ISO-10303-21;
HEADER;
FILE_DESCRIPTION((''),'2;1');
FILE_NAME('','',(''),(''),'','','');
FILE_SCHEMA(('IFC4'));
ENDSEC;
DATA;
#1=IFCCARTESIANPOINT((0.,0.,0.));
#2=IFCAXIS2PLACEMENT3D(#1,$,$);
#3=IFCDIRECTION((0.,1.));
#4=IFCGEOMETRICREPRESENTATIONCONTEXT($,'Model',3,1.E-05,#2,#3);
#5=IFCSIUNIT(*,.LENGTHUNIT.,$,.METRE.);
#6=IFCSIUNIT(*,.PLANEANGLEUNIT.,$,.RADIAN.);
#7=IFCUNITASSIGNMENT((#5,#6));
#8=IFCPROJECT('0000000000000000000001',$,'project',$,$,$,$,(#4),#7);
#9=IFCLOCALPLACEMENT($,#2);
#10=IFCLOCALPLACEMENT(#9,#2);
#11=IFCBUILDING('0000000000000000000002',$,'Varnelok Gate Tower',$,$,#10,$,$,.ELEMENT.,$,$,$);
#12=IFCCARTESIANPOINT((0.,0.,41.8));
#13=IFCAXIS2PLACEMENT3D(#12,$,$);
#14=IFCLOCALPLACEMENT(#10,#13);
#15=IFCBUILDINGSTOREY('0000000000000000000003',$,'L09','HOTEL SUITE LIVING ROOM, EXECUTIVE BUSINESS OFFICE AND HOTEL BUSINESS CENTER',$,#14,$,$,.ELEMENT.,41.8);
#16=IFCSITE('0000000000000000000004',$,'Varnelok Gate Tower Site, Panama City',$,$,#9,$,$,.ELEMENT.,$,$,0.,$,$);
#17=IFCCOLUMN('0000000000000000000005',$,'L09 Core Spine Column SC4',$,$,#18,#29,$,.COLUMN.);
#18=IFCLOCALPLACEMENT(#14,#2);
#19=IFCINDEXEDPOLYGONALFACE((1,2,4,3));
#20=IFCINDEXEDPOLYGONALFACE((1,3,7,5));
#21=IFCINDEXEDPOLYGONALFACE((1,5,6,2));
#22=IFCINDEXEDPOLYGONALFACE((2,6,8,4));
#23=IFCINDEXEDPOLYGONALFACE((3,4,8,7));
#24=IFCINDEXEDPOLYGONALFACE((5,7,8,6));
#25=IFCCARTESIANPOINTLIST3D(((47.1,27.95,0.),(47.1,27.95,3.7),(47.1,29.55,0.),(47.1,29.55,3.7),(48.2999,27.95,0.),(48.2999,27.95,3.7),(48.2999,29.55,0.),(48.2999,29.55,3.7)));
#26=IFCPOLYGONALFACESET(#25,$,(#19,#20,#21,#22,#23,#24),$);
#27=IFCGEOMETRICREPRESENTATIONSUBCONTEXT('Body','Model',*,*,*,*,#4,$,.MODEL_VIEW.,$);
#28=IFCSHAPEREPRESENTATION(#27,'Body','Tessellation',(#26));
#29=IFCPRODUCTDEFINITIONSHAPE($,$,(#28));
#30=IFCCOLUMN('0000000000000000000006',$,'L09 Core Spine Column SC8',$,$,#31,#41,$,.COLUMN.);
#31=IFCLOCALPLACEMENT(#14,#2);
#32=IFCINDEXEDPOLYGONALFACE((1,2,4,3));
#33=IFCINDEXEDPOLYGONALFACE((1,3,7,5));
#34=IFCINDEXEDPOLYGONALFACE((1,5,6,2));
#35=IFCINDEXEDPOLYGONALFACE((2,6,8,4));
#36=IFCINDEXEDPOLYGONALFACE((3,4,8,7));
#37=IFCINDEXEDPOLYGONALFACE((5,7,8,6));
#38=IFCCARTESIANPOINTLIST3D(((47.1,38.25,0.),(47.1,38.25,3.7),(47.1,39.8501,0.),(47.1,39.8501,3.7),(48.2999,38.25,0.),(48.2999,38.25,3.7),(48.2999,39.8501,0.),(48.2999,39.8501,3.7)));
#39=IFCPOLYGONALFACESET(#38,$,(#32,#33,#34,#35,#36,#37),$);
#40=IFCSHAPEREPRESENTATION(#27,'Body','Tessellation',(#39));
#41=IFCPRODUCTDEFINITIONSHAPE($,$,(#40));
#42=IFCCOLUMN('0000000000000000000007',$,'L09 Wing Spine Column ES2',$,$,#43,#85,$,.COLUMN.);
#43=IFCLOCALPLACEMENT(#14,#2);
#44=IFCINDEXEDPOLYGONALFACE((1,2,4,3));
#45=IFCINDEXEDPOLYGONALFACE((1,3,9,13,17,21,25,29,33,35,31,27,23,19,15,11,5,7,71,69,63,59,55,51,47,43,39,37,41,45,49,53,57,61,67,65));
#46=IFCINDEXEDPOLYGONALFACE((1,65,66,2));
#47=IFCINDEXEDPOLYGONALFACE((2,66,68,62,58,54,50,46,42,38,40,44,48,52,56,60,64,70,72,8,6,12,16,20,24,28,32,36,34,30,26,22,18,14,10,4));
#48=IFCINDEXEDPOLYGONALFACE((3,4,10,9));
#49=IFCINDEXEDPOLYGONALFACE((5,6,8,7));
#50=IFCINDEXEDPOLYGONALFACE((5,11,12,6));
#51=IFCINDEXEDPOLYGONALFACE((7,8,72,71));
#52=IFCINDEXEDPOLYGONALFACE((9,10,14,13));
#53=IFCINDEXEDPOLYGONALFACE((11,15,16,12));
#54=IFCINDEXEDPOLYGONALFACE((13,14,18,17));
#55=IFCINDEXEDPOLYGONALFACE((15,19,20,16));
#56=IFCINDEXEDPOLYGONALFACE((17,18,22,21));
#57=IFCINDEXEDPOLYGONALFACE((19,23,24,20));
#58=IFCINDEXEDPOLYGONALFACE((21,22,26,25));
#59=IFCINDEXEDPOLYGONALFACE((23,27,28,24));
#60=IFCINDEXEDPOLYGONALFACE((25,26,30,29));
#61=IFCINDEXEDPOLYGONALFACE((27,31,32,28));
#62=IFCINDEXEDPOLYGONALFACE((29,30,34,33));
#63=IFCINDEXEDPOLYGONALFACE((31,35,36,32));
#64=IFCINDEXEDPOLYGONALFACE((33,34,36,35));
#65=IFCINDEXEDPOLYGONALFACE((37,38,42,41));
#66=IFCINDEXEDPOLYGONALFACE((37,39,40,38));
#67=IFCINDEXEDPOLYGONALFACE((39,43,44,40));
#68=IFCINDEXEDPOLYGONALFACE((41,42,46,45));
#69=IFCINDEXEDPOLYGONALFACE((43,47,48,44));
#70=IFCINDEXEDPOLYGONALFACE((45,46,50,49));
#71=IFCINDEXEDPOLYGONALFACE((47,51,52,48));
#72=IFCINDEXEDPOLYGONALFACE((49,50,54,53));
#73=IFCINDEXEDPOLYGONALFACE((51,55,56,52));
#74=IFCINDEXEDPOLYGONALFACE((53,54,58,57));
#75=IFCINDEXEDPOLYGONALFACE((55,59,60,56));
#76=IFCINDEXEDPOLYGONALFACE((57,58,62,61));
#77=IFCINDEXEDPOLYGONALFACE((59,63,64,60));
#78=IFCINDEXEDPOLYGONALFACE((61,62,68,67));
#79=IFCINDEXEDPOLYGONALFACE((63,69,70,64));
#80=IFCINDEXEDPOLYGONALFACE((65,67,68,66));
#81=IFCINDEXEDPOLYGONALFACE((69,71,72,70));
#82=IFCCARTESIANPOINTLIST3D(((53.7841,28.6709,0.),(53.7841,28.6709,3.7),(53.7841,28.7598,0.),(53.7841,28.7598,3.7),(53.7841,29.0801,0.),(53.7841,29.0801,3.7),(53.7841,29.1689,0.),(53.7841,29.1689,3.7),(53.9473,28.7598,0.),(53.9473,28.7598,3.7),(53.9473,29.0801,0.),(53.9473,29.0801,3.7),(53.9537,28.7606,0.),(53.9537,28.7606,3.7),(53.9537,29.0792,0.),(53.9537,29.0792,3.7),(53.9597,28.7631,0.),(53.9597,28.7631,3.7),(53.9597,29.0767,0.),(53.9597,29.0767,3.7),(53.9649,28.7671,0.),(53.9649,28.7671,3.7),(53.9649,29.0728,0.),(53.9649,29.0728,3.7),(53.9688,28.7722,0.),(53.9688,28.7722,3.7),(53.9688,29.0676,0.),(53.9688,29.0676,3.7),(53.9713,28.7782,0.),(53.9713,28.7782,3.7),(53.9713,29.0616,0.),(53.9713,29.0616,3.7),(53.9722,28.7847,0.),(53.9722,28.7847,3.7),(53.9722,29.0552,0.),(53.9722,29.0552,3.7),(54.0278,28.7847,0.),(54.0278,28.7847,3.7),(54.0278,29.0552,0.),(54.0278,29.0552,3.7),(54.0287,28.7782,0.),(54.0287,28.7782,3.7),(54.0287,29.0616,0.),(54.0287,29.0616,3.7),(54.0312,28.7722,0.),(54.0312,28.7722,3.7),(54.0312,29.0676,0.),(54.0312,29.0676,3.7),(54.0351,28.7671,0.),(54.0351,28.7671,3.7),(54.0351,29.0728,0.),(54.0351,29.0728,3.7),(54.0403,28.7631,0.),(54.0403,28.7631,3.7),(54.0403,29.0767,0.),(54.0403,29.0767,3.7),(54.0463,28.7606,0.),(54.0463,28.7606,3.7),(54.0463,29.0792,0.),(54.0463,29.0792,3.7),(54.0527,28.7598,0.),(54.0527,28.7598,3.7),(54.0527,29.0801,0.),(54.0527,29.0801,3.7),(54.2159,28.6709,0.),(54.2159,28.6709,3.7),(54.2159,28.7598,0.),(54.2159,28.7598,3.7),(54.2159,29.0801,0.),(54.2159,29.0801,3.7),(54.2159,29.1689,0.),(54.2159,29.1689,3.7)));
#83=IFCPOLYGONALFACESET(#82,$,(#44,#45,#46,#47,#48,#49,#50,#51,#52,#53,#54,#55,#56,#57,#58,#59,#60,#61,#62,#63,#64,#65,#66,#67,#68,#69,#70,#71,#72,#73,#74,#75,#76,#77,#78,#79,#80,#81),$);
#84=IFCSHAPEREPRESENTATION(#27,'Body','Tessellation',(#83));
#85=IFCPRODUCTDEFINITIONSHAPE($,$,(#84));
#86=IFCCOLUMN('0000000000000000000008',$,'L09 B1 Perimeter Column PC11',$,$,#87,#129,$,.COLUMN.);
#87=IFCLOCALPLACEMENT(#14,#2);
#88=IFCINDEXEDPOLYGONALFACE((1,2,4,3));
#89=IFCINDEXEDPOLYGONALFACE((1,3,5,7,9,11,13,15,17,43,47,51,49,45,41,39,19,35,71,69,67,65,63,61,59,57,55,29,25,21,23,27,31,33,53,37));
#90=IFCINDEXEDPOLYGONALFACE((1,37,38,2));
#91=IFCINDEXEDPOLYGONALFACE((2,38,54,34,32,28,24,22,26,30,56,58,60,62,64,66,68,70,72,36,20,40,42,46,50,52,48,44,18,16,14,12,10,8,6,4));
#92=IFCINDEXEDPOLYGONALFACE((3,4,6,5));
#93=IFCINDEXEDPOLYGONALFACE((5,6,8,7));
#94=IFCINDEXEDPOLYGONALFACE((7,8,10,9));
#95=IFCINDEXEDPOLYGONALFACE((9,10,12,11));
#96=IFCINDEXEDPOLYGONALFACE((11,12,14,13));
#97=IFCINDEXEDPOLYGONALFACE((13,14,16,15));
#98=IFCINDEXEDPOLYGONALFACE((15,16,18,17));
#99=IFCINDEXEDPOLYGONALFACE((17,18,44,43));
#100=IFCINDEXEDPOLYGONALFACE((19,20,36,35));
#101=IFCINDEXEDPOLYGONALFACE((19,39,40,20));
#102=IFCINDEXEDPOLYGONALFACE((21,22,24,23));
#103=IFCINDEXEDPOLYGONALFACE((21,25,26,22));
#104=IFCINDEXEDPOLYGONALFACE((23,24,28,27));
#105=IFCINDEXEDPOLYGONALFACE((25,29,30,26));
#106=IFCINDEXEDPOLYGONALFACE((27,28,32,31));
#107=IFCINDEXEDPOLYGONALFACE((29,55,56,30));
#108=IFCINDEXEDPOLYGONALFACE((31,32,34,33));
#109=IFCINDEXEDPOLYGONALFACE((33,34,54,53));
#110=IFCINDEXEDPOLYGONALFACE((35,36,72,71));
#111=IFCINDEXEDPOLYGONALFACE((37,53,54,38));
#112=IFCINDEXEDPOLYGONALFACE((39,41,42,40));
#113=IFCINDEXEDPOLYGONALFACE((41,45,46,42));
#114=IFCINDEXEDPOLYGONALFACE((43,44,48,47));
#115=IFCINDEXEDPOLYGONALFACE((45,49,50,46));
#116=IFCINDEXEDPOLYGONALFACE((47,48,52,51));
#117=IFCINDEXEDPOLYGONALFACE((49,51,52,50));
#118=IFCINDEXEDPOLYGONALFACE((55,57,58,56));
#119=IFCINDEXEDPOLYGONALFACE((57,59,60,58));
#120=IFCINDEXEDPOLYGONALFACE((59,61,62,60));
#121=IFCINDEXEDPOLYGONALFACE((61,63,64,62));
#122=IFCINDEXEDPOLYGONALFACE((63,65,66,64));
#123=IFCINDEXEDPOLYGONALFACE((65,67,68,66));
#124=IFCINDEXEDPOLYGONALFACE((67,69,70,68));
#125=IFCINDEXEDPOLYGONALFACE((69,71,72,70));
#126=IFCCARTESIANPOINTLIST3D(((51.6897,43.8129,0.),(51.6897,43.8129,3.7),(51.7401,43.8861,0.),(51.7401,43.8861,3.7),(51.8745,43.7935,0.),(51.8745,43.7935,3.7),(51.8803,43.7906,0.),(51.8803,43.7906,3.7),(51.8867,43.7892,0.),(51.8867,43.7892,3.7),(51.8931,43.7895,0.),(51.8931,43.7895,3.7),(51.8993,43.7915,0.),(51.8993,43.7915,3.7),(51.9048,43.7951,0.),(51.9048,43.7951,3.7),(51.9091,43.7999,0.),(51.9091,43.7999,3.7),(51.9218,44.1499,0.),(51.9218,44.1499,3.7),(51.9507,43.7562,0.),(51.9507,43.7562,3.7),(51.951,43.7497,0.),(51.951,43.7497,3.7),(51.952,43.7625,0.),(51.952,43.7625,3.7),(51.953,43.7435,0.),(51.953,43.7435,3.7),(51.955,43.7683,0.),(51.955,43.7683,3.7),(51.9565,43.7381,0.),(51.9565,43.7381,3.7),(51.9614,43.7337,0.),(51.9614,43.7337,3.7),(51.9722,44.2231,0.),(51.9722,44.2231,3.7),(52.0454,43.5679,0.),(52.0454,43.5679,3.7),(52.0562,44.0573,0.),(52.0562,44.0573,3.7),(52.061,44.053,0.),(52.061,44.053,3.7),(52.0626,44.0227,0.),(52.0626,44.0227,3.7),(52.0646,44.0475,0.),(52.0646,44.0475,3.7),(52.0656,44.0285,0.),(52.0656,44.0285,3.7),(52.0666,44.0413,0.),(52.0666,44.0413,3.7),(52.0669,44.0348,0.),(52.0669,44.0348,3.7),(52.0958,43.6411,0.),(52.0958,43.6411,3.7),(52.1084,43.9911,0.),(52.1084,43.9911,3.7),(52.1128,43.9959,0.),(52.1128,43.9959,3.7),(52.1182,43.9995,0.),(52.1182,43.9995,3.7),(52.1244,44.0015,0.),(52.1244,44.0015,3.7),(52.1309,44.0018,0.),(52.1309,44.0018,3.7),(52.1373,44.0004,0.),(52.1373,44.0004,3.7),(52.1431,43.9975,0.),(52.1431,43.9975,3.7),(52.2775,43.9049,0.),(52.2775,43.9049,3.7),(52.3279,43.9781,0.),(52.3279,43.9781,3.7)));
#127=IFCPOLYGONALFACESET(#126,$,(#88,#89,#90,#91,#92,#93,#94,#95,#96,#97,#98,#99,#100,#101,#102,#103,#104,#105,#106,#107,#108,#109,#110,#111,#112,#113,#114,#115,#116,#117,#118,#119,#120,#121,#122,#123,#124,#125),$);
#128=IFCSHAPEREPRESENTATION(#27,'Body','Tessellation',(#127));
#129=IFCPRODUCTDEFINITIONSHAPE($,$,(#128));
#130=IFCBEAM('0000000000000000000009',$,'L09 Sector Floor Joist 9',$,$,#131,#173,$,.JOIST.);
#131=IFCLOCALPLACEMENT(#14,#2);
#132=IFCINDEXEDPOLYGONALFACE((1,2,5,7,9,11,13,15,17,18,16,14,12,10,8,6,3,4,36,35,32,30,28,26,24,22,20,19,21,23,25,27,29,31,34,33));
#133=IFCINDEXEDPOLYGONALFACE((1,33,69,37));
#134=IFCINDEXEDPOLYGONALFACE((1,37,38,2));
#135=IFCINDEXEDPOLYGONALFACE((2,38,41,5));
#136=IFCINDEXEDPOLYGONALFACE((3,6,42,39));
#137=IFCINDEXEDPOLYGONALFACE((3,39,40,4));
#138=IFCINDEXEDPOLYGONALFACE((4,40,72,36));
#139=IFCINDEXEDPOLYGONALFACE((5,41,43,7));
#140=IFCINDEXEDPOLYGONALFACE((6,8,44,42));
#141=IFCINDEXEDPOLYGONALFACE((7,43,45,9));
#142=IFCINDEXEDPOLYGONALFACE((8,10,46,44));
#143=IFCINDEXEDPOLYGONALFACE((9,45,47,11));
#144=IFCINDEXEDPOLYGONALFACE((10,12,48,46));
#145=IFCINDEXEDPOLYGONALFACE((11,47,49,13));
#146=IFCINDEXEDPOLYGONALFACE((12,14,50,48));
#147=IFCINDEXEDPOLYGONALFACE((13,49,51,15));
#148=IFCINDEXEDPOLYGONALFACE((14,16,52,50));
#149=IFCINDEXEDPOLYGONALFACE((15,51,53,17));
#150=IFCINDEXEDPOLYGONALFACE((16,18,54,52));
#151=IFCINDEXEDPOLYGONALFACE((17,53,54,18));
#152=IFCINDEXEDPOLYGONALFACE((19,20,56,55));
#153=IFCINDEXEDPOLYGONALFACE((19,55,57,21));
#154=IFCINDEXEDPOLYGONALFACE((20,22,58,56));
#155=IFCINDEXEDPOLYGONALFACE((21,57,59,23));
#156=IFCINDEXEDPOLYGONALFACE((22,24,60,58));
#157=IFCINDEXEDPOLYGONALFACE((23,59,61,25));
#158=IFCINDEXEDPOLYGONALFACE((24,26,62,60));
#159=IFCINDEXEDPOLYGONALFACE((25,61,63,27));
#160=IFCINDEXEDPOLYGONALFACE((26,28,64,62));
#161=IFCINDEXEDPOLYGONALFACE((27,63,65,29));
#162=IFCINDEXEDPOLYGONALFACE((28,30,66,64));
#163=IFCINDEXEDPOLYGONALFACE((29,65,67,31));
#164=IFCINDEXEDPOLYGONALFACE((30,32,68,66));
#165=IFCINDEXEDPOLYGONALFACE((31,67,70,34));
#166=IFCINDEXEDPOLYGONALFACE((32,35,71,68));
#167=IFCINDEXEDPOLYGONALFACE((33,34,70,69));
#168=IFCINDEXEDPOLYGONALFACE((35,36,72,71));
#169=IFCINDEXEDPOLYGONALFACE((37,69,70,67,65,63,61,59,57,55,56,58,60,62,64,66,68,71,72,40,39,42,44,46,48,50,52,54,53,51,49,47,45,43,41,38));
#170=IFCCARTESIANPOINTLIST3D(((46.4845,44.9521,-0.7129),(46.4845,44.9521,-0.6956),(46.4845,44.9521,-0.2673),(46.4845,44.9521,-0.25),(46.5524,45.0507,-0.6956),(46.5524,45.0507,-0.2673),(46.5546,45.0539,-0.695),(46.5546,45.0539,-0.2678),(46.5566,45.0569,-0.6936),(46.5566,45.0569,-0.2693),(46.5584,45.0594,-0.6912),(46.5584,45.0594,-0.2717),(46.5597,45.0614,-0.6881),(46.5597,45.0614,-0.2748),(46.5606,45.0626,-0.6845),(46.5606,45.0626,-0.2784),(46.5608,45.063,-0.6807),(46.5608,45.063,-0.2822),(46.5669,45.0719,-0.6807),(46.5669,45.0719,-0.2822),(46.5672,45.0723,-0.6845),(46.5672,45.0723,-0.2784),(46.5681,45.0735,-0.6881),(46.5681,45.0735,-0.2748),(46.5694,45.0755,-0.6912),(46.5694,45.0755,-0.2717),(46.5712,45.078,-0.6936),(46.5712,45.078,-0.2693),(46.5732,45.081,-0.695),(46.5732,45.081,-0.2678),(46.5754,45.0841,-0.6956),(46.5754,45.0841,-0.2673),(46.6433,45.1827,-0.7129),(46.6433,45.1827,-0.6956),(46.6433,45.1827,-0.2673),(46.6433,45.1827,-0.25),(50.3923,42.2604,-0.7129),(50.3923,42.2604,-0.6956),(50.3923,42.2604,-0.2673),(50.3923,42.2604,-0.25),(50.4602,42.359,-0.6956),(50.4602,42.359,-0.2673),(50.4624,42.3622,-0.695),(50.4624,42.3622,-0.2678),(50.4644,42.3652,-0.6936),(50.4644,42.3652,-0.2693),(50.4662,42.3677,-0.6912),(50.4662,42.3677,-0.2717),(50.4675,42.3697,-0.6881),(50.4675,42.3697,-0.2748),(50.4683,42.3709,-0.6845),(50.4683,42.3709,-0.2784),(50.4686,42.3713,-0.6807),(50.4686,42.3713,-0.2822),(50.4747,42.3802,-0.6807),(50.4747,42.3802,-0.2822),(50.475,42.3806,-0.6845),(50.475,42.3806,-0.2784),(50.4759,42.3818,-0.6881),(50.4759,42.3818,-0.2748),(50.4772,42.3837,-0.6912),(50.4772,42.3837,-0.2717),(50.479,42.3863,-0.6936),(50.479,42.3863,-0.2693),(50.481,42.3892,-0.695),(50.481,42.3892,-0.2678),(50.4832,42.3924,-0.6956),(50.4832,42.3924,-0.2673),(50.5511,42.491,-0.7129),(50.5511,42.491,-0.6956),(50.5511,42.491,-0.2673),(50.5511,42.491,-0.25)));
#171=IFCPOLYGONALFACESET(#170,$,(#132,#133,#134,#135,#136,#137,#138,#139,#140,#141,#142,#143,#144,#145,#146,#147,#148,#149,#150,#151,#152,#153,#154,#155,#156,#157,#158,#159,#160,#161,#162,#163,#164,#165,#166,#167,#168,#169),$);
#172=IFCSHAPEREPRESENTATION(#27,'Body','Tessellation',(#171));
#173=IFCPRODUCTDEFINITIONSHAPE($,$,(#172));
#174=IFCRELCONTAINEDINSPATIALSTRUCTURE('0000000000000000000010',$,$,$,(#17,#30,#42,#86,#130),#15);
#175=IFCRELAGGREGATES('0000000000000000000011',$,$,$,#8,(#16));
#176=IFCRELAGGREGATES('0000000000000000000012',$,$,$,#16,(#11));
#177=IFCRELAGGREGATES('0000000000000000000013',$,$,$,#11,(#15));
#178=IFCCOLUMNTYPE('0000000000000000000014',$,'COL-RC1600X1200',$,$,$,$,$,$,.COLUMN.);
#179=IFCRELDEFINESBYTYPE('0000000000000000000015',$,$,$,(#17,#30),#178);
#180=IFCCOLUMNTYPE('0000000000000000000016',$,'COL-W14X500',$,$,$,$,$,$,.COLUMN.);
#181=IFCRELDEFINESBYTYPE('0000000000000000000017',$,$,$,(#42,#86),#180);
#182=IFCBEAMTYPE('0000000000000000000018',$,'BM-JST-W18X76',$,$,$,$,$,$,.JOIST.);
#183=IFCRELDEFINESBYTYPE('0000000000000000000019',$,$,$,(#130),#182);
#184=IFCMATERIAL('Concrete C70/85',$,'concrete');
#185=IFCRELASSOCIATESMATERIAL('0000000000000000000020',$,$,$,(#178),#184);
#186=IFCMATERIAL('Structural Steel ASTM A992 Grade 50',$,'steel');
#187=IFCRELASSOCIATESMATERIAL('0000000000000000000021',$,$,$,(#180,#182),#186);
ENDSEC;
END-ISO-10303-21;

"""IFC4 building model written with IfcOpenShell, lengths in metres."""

from ifc_helpers import new_model, si_unit, direction, frame, origin, origin_2d, place, context, subcontext, project, spatial, rectangle, i_section, extrude, material, material_profile, profile_set, type_object, element, save


model = new_model("IFC4")

# Units and contexts
model_context = context("Model", 3, precision=1e-05, world=origin(), true_north=direction((0.0, 1.0)))
body_context = subcontext(model_context, "Body", "Model", "MODEL_VIEW")
ifc_project = project(units=[si_unit("LENGTHUNIT", "METRE"), si_unit("PLANEANGLEUNIT", "RADIAN")], contexts=[model_context])

# Site, building, storey
site_placement = place(None, origin())
site = spatial("IfcSite", under=ifc_project, at=site_placement, Name="Varnelok Gate Tower Site, Panama City", CompositionType="ELEMENT", RefElevation=0.0)
building_placement = place(site_placement, origin())
building = spatial("IfcBuilding", under=site, at=building_placement, Name="Varnelok Gate Tower", CompositionType="ELEMENT")
storey_placement = place(building_placement, frame((0.0, 0.0, 41.8)))
storey = spatial("IfcBuildingStorey", under=building, at=storey_placement, Name="L09", Description="HOTEL SUITE LIVING ROOM, EXECUTIVE BUSINESS OFFICE AND HOTEL BUSINESS CENTER", CompositionType="ELEMENT", Elevation=41.8)

# Columns
ifc_material_1 = material(Name="Concrete C70/85", Category="concrete")
ifc_material_profile_1 = material_profile(ifc_material_1, rectangle(XDim=1.2, YDim=1.6001, at=origin_2d()), Name="RC1600X1200")
ifc_profile_set_1 = profile_set([ifc_material_profile_1], Name="Concrete C70/85")
column_type_1 = type_object("IfcColumnType", Name="COL-RC1600X1200", PredefinedType="COLUMN", material=ifc_profile_set_1)
for number, where, z_axis, x_axis, name in (
    (1, (47.7, 28.75, 0.0), (0.0, 0.0, 1.0), (1.0, 0.0, 0.0), "L09 Core Spine Column SC4"),
    (2, (47.7, 39.05, 0.0), (0.0, 0.0, 1.0), (1.0, 0.0, 0.0), "L09 Core Spine Column SC8"),
):
    element("IfcColumn", number, at=place(storey_placement, frame(where, z_axis=z_axis, x_axis=x_axis)), inside=storey, type_object=column_type_1, Name=name, PredefinedType="COLUMN", context=body_context, shape_type="SweptSolid", body=[
        extrude(rectangle(XDim=1.2, YDim=1.6001, at=origin_2d()), origin(), (0.0, 0.0, 1.0), 3.7),
    ])
ifc_material_2 = material(Name="Structural Steel ASTM A992 Grade 50", Category="steel")
ifc_material_profile_2 = material_profile(ifc_material_2, i_section(OverallWidth=0.4319, OverallDepth=0.498, WebThickness=0.0557, FlangeThickness=0.0889, FilletRadius=0.0249, at=origin_2d()), Name="W14X500")
ifc_profile_set_2 = profile_set([ifc_material_profile_2], Name="Structural Steel ASTM A992 Grade 50")
column_type_2 = type_object("IfcColumnType", Name="COL-W14X500", PredefinedType="COLUMN", material=ifc_profile_set_2)
for number, where, z_axis, x_axis, name in (
    (3, (54.0, 28.9199, 0.0), (0.0, 0.0, 1.0), (1.0, 0.0, 0.0), "L09 Wing Spine Column ES2"),
    (4, (52.0088, 43.8955, 0.0), (0.0, 0.0, 1.0), (0.823533, -0.567269, 0.0), "L09 B1 Perimeter Column PC11"),
):
    element("IfcColumn", number, at=place(storey_placement, frame(where, z_axis=z_axis, x_axis=x_axis)), inside=storey, type_object=column_type_2, Name=name, PredefinedType="COLUMN", context=body_context, shape_type="SweptSolid", body=[
        extrude(i_section(OverallWidth=0.4319, OverallDepth=0.498, WebThickness=0.0557, FlangeThickness=0.0889, FilletRadius=0.0249, at=origin_2d()), origin(), (0.0, 0.0, 1.0), 3.7),
    ])

# Beam
ifc_material_profile_3 = material_profile(ifc_material_2, i_section(OverallWidth=0.28, OverallDepth=0.4629, WebThickness=0.0107, FlangeThickness=0.0173, FilletRadius=0.0149, at=origin_2d()), Name="W18X76")
ifc_profile_set_3 = profile_set([ifc_material_profile_3], Name="Structural Steel ASTM A992 Grade 50")
beam_type_1 = type_object("IfcBeamType", Name="BM-JST-W18X76", PredefinedType="JOIST", material=ifc_profile_set_3)
beam_1_placement = place(storey_placement, frame((50.4717, 42.3757, -0.4814), z_axis=(-0.82354, 0.567258, 0.0), x_axis=(-0.567258, -0.82354, 0.0)))
element("IfcBeam", 5, at=beam_1_placement, inside=storey, type_object=beam_type_1, Name="L09 Sector Floor Joist 9", PredefinedType="JOIST", context=body_context, shape_type="SweptSolid", body=[
    extrude(i_section(OverallWidth=0.28, OverallDepth=0.4629, WebThickness=0.0107, FlangeThickness=0.0173, FilletRadius=0.0149, at=origin_2d()), origin(), (0.0, 0.0, 1.0), 4.7451),
])

save(model, "model.ifc")
